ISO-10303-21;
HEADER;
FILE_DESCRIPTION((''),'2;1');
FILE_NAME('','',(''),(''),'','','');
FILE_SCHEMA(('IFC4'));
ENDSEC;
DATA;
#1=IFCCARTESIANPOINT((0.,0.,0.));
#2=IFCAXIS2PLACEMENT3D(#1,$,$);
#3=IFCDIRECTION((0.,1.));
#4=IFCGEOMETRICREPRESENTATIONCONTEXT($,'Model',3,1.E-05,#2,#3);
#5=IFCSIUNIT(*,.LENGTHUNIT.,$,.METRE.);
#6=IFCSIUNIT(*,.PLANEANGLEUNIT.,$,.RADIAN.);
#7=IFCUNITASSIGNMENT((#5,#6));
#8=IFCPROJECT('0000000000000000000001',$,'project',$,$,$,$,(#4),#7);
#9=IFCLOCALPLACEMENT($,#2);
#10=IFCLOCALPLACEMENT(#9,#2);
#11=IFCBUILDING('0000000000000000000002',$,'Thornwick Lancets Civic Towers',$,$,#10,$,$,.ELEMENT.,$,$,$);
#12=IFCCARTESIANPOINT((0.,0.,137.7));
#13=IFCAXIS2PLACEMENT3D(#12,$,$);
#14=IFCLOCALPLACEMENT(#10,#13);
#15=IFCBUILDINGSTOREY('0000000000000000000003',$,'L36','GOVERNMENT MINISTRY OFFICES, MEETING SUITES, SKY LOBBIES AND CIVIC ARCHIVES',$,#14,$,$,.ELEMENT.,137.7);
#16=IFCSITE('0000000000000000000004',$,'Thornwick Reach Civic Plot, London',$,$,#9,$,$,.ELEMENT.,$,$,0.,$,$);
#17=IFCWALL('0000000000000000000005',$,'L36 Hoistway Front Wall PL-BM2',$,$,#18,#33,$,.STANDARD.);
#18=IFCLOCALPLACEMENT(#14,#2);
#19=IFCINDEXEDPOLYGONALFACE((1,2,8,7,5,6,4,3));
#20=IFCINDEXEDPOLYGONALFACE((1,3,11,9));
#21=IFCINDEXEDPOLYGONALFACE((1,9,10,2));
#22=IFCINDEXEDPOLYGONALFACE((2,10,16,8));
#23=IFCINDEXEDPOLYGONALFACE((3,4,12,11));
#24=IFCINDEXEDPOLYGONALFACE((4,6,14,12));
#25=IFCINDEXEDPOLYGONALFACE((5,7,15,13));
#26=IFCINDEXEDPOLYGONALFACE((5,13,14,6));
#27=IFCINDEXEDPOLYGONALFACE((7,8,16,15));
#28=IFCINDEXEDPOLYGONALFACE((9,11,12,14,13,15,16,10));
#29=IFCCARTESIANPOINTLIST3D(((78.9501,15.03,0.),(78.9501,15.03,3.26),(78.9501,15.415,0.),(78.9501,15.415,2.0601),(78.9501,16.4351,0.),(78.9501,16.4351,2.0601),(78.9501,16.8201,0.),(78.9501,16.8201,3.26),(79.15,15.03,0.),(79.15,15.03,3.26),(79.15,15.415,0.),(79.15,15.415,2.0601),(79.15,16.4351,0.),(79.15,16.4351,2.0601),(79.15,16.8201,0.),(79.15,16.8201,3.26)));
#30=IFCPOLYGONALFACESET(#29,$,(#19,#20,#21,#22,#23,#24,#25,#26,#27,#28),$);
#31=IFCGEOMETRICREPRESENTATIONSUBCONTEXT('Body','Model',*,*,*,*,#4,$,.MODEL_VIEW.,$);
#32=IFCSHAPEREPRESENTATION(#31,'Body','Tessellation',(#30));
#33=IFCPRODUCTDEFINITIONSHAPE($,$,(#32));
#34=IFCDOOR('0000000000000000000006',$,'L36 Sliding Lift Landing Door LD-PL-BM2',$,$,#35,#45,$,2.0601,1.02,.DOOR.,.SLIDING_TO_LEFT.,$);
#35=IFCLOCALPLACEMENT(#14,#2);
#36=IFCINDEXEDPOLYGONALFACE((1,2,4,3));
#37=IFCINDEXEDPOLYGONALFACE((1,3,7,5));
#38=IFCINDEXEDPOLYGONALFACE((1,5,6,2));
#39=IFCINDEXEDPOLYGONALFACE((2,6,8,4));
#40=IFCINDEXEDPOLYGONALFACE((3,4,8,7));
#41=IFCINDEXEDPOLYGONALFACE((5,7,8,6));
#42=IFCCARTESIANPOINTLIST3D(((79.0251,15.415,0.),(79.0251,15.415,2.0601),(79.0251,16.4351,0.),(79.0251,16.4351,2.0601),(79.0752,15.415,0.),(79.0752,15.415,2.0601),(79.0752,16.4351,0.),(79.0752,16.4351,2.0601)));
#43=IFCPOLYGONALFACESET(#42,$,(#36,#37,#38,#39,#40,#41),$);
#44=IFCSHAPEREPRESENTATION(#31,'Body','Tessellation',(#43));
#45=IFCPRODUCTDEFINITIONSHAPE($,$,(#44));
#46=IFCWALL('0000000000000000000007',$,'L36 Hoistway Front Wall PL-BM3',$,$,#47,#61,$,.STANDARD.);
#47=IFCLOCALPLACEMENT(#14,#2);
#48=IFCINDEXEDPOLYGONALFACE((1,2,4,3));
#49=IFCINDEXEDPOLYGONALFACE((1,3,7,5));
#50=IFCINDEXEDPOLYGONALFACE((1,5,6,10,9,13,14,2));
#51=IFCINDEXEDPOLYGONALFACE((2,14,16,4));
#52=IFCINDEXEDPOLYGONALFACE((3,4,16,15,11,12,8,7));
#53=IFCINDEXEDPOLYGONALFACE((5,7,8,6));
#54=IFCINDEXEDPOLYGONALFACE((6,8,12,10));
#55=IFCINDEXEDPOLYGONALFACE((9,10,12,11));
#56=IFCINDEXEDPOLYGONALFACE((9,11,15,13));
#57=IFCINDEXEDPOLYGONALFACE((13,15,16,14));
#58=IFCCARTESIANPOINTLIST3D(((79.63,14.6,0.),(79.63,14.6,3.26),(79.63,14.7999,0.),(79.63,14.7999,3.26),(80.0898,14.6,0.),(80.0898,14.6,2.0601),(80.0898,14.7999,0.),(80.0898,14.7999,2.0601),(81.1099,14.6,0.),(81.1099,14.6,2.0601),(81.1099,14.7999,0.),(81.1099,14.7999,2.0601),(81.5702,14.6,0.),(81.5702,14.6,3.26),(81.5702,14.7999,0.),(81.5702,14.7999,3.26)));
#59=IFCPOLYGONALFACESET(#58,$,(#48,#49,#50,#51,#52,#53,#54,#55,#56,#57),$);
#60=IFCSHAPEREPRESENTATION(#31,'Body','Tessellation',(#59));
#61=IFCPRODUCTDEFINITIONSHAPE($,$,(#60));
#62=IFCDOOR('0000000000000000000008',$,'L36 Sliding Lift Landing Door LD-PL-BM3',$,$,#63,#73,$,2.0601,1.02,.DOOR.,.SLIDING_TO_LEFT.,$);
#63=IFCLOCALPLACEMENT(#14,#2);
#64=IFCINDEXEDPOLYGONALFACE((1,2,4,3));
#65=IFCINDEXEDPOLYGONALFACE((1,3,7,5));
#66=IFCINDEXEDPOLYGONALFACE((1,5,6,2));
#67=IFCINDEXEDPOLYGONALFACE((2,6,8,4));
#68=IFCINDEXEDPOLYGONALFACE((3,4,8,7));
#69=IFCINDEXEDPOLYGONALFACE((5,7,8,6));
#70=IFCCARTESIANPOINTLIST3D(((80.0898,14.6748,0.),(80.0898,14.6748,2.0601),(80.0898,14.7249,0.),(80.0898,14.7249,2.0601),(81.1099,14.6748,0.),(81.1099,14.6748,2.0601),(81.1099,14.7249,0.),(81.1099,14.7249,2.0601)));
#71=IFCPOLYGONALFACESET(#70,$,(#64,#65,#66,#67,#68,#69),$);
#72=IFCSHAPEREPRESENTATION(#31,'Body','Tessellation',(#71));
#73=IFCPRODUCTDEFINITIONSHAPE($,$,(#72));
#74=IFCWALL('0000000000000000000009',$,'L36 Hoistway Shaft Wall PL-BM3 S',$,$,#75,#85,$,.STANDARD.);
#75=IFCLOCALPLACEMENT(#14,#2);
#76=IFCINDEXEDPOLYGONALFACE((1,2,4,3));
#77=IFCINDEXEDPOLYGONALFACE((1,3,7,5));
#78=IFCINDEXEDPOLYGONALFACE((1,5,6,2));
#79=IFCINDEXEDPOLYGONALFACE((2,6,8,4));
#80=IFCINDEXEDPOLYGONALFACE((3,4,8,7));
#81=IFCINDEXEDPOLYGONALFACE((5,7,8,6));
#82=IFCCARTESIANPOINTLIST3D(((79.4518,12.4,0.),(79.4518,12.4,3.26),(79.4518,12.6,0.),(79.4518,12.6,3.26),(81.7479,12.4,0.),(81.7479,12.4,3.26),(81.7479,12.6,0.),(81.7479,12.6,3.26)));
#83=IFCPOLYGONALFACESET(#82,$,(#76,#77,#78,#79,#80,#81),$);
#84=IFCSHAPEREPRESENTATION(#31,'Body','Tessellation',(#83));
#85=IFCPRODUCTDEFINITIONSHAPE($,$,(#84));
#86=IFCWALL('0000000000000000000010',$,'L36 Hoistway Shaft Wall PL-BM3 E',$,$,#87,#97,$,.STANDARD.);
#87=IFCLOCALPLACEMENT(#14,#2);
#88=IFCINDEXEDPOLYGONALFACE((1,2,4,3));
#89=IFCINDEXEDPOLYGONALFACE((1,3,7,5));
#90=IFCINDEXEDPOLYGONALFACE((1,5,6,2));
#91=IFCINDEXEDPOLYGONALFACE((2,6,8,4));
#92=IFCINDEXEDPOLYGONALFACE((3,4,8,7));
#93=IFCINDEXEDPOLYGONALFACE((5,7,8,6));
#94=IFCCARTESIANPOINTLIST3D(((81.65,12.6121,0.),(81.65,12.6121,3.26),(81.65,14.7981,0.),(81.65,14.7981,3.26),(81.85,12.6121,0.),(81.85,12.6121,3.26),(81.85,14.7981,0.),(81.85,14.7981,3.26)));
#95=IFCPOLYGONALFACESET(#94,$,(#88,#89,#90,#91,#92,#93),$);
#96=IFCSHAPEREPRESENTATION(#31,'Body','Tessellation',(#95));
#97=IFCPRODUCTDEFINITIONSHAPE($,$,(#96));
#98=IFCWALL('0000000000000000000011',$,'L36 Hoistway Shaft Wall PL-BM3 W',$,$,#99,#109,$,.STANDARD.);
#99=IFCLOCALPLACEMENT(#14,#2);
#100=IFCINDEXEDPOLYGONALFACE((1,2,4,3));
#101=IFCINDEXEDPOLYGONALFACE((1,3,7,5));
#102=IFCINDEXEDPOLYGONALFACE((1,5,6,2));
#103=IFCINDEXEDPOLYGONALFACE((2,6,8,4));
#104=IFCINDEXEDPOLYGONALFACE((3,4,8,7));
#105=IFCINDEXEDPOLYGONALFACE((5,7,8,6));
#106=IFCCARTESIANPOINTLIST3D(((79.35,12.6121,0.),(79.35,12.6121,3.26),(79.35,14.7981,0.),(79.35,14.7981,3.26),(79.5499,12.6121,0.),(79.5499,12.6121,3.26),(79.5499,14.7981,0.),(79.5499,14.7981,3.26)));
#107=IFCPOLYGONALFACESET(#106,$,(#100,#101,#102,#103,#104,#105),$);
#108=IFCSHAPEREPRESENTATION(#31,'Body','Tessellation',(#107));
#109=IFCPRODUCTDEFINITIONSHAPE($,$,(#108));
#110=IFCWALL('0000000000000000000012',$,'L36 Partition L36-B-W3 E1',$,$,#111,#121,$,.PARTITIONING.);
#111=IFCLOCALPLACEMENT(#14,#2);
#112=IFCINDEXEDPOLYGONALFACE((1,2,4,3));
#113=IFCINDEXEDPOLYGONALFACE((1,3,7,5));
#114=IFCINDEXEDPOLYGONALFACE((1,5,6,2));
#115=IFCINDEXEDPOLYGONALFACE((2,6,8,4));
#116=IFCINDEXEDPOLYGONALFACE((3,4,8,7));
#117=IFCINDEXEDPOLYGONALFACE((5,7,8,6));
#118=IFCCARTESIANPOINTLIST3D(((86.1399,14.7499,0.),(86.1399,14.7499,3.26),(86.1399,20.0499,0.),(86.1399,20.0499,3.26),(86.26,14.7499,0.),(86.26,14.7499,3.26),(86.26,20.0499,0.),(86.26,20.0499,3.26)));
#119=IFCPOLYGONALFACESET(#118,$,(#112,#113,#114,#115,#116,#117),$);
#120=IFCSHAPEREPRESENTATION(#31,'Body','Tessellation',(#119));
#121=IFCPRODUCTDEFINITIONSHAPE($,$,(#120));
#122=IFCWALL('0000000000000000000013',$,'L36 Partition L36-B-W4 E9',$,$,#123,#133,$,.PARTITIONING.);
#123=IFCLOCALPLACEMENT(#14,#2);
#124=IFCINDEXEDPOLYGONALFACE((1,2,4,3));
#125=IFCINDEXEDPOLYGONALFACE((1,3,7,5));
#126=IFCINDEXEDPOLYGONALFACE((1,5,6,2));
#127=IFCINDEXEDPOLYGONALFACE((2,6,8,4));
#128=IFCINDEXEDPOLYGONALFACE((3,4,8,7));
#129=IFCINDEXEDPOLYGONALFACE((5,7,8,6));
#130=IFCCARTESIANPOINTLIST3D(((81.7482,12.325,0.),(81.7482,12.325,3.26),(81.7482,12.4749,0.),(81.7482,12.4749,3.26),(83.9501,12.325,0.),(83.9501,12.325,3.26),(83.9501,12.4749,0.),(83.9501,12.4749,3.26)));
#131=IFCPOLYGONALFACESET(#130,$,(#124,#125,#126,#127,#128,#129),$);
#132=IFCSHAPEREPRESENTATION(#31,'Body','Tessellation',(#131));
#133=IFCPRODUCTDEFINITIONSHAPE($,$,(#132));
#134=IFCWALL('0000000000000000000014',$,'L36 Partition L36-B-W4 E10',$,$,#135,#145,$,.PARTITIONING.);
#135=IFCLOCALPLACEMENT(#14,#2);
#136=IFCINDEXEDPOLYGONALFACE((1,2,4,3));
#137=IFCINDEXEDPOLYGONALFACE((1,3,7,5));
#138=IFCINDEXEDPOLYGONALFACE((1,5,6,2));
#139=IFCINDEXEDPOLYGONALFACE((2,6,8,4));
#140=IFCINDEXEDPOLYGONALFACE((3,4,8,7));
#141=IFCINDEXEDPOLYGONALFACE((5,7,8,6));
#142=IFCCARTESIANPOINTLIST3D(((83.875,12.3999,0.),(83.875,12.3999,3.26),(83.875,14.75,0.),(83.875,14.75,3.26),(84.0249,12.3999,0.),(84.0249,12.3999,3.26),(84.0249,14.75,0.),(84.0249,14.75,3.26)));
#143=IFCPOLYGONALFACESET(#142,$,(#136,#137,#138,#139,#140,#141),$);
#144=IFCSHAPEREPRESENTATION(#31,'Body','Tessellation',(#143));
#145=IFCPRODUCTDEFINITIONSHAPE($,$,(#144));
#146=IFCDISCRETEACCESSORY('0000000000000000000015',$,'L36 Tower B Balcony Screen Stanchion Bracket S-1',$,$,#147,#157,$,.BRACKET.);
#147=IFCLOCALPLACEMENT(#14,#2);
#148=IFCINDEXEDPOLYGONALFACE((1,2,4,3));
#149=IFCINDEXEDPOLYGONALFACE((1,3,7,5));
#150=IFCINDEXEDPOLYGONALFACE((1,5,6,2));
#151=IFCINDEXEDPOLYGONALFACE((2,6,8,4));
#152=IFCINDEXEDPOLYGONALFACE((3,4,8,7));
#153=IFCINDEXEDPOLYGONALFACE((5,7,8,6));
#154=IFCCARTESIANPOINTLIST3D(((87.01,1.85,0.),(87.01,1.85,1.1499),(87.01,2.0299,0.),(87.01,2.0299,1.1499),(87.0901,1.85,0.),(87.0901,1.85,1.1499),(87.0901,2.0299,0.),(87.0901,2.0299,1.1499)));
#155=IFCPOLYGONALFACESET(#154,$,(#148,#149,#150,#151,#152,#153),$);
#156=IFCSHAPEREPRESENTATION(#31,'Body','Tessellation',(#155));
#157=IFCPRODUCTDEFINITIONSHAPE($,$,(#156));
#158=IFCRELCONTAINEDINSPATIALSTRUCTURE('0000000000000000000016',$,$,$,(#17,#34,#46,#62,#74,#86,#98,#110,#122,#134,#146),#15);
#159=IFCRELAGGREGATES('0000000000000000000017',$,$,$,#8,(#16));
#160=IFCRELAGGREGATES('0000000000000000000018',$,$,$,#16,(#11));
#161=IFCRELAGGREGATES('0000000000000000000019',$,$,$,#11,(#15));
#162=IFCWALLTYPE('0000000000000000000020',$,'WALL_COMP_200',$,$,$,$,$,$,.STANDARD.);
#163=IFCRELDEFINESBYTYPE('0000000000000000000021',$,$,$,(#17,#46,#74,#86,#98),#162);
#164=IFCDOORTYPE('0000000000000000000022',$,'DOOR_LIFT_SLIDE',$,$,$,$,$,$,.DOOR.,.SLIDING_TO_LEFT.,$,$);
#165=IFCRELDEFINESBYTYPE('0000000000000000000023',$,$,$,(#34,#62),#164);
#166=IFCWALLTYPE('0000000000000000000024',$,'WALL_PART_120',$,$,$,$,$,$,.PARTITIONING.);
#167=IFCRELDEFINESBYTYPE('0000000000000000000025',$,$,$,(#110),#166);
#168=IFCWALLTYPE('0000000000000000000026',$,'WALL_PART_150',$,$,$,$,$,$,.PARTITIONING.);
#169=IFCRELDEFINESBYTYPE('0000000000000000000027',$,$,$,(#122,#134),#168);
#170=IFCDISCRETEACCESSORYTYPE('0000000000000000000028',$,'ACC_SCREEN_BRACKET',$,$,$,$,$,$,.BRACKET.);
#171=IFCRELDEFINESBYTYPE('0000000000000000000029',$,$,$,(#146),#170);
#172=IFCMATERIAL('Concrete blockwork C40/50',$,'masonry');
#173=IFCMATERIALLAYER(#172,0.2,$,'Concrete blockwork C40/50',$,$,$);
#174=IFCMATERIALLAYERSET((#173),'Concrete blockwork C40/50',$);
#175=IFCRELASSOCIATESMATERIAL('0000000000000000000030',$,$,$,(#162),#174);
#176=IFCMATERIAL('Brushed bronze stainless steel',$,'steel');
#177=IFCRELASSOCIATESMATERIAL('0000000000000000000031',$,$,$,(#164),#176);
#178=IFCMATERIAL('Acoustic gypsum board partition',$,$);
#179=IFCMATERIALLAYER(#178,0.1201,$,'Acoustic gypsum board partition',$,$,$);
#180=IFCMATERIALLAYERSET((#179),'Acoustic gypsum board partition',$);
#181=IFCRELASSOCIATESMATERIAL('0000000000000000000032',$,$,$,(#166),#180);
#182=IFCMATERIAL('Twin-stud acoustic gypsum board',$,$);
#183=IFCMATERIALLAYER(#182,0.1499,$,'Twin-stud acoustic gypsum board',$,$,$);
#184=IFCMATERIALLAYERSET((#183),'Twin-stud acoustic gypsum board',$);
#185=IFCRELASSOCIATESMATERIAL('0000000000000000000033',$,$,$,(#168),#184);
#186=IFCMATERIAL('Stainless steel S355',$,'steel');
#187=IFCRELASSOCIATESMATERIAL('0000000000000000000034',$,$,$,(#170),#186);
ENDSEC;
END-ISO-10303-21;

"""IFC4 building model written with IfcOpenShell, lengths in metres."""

from ifc_helpers import new_model, si_unit, direction, frame, frame_2d, origin, origin_2d, place, context, subcontext, project, spatial, rectangle, extrude, material, layer, layer_set, type_object, element, fill, save


model = new_model("IFC4")

# Units and contexts
model_context = context("Model", 3, precision=1e-05, world=origin(), true_north=direction((0.0, 1.0)))
body_context = subcontext(model_context, "Body", "Model", "MODEL_VIEW")
ifc_project = project(units=[si_unit("LENGTHUNIT", "METRE"), si_unit("PLANEANGLEUNIT", "RADIAN")], contexts=[model_context])

# Site, building, storey
site_placement = place(None, origin())
site = spatial("IfcSite", under=ifc_project, at=site_placement, Name="Thornwick Reach Civic Plot, London", CompositionType="ELEMENT", RefElevation=0.0)
building_placement = place(site_placement, origin())
building = spatial("IfcBuilding", under=site, at=building_placement, Name="Thornwick Lancets Civic Towers", CompositionType="ELEMENT")
storey_placement = place(building_placement, frame((0.0, 0.0, 137.7)))
storey = spatial("IfcBuildingStorey", under=building, at=storey_placement, Name="L36", Description="GOVERNMENT MINISTRY OFFICES, MEETING SUITES, SKY LOBBIES AND CIVIC ARCHIVES", CompositionType="ELEMENT", Elevation=137.7)

# Walls, openings, doors
ifc_material_1 = material(Name="Concrete blockwork C40/50", Category="masonry")
ifc_layer_1 = layer(ifc_material_1, 0.2, Name="Concrete blockwork C40/50")
ifc_layer_set_1 = layer_set([ifc_layer_1], Name="Concrete blockwork C40/50")
wall_type_1 = type_object("IfcWallType", Name="WALL_COMP_200", PredefinedType="STANDARD", material=ifc_layer_set_1)
wall_1_placement = place(storey_placement, frame((79.05, 15.03, 0.0), z_axis=(0.0, 0.0, 1.0), x_axis=(0.0, 1.0, 0.0)))
wall_1 = element("IfcWall", 1, at=wall_1_placement, inside=storey, type_object=wall_type_1, Name="L36 Hoistway Front Wall PL-BM2", PredefinedType="STANDARD", context=body_context, shape_type="SweptSolid", body=[
    extrude(rectangle(XDim=1.79, YDim=0.2, at=frame_2d((0.895, 0.0))), origin(), (0.0, 0.0, 1.0), 3.26),
])
opening_1_placement = place(wall_1_placement, frame((0.385, 0.0, 0.0)))
opening_1 = element("IfcOpeningElement", 2, at=opening_1_placement, cuts=wall_1, PredefinedType="OPENING", context=body_context, shape_type="SweptSolid", body=[
    extrude(rectangle(XDim=1.02, YDim=2.0601, at=frame_2d((0.51, 1.03))), frame((0.0, 0.1099, 0.0), z_axis=(0.0, -1.0, 0.0), x_axis=(1.0, 0.0, 0.0)), (0.0, 0.0, 1.0), 0.22),
])
ifc_material_2 = material(Name="Brushed bronze stainless steel", Category="steel")
door_type_1 = type_object("IfcDoorType", Name="DOOR_LIFT_SLIDE", OperationType="SLIDING_TO_LEFT", PredefinedType="DOOR", material=ifc_material_2)
door_1_placement = place(opening_1_placement, origin())
door_1 = element("IfcDoor", 3, at=door_1_placement, inside=storey, type_object=door_type_1, Name="L36 Sliding Lift Landing Door LD-PL-BM2", OperationType="SLIDING_TO_LEFT", OverallHeight=2.0601, OverallWidth=1.02, PredefinedType="DOOR", context=body_context, shape_type="SweptSolid", body=[
    extrude(rectangle(XDim=1.02, YDim=2.0601, at=frame_2d((0.51, 1.03))), frame((0.0, 0.0249, 0.0), z_axis=(0.0, -1.0, 0.0), x_axis=(1.0, 0.0, 0.0)), (0.0, 0.0, 1.0), 0.05),
])
fill(opening_1, door_1)
wall_2_placement = place(storey_placement, frame((79.6299, 14.7, 0.0), z_axis=(0.0, 0.0, 1.0), x_axis=(1.0, 0.0, 0.0)))
wall_2 = element("IfcWall", 4, at=wall_2_placement, inside=storey, type_object=wall_type_1, Name="L36 Hoistway Front Wall PL-BM3", PredefinedType="STANDARD", context=body_context, shape_type="SweptSolid", body=[
    extrude(rectangle(XDim=1.9402, YDim=0.2, at=frame_2d((0.9702, 0.0))), origin(), (0.0, 0.0, 1.0), 3.26),
])
opening_2_placement = place(wall_2_placement, frame((0.46, 0.0, 0.0)))
opening_2 = element("IfcOpeningElement", 5, at=opening_2_placement, cuts=wall_2, PredefinedType="OPENING", context=body_context, shape_type="SweptSolid", body=[
    extrude(rectangle(XDim=1.02, YDim=2.0601, at=frame_2d((0.51, 1.03))), frame((0.0, 0.1099, 0.0), z_axis=(0.0, -1.0, 0.0), x_axis=(1.0, 0.0, 0.0)), (0.0, 0.0, 1.0), 0.22),
])
door_2_placement = place(opening_2_placement, origin())
door_2 = element("IfcDoor", 6, at=door_2_placement, inside=storey, type_object=door_type_1, Name="L36 Sliding Lift Landing Door LD-PL-BM3", OperationType="SLIDING_TO_LEFT", OverallHeight=2.0601, OverallWidth=1.02, PredefinedType="DOOR", context=body_context, shape_type="SweptSolid", body=[
    extrude(rectangle(XDim=1.02, YDim=2.0601, at=frame_2d((0.51, 1.03))), frame((0.0, 0.0249, 0.0), z_axis=(0.0, -1.0, 0.0), x_axis=(1.0, 0.0, 0.0)), (0.0, 0.0, 1.0), 0.05),
])
fill(opening_2, door_2)

# Walls
wall_3_placement = place(storey_placement, frame((79.4519, 12.5, 0.0), z_axis=(0.0, 0.0, 1.0), x_axis=(1.0, 0.0, 0.0)))
element("IfcWall", 7, at=wall_3_placement, inside=storey, type_object=wall_type_1, Name="L36 Hoistway Shaft Wall PL-BM3 S", PredefinedType="STANDARD", context=body_context, shape_type="SweptSolid", body=[
    extrude(rectangle(XDim=2.2961, YDim=0.2, at=frame_2d((1.1479, 0.0))), origin(), (0.0, 0.0, 1.0), 3.26),
])
for number, where, z_axis, x_axis, name in (
    (8, (81.75, 12.6121, 0.0), (0.0, 0.0, 1.0), (0.0, 1.0, 0.0), "L36 Hoistway Shaft Wall PL-BM3 E"),
    (9, (79.45, 12.6121, 0.0), (0.0, 0.0, 1.0), (0.0, 1.0, 0.0), "L36 Hoistway Shaft Wall PL-BM3 W"),
):
    element("IfcWall", number, at=place(storey_placement, frame(where, z_axis=z_axis, x_axis=x_axis)), inside=storey, type_object=wall_type_1, Name=name, PredefinedType="STANDARD", context=body_context, shape_type="SweptSolid", body=[
        extrude(rectangle(XDim=2.186, YDim=0.2, at=frame_2d((1.093, 0.0))), origin(), (0.0, 0.0, 1.0), 3.26),
    ])
ifc_material_3 = material(Name="Acoustic gypsum board partition")
ifc_layer_2 = layer(ifc_material_3, 0.1201, Name="Acoustic gypsum board partition")
ifc_layer_set_2 = layer_set([ifc_layer_2], Name="Acoustic gypsum board partition")
wall_type_2 = type_object("IfcWallType", Name="WALL_PART_120", PredefinedType="PARTITIONING", material=ifc_layer_set_2)
wall_4_placement = place(storey_placement, frame((86.2, 14.75, 0.0), z_axis=(0.0, 0.0, 1.0), x_axis=(0.0, 1.0, 0.0)))
element("IfcWall", 10, at=wall_4_placement, inside=storey, type_object=wall_type_2, Name="L36 Partition L36-B-W3 E1", PredefinedType="PARTITIONING", context=body_context, shape_type="SweptSolid", body=[
    extrude(rectangle(XDim=5.3, YDim=0.1201, at=frame_2d((2.6499, 0.0))), origin(), (0.0, 0.0, 1.0), 3.26),
])

# Shared definitions
ifc_material_4 = material(Name="Twin-stud acoustic gypsum board")
ifc_layer_3 = layer(ifc_material_4, 0.1499, Name="Twin-stud acoustic gypsum board")
ifc_layer_set_3 = layer_set([ifc_layer_3], Name="Twin-stud acoustic gypsum board")
wall_type_3 = type_object("IfcWallType", Name="WALL_PART_150", PredefinedType="PARTITIONING", material=ifc_layer_set_3)

# Walls
wall_5_placement = place(storey_placement, frame((81.748, 12.3999, 0.0), z_axis=(0.0, 0.0, 1.0), x_axis=(1.0, 0.0, 0.0)))
element("IfcWall", 11, at=wall_5_placement, inside=storey, type_object=wall_type_3, Name="L36 Partition L36-B-W4 E9", PredefinedType="PARTITIONING", context=body_context, shape_type="SweptSolid", body=[
    extrude(rectangle(XDim=2.2019, YDim=0.1499, at=frame_2d((1.1011, 0.0))), origin(), (0.0, 0.0, 1.0), 3.26),
])
wall_6_placement = place(storey_placement, frame((83.95, 12.3999, 0.0), z_axis=(0.0, 0.0, 1.0), x_axis=(0.0, 1.0, 0.0)))
element("IfcWall", 12, at=wall_6_placement, inside=storey, type_object=wall_type_3, Name="L36 Partition L36-B-W4 E10", PredefinedType="PARTITIONING", context=body_context, shape_type="SweptSolid", body=[
    extrude(rectangle(XDim=2.3501, YDim=0.1499, at=frame_2d((1.175, 0.0))), origin(), (0.0, 0.0, 1.0), 3.26),
])

# Discrete accessory
ifc_material_5 = material(Name="Stainless steel S355", Category="steel")
discrete_accessory_type = type_object("IfcDiscreteAccessoryType", Name="ACC_SCREEN_BRACKET", PredefinedType="BRACKET", material=ifc_material_5)
discrete_accessory_placement = place(storey_placement, frame((87.05, 1.9399, 0.0), z_axis=(0.0, 0.0, 1.0), x_axis=(1.0, 0.0, 0.0)))
element("IfcDiscreteAccessory", 13, at=discrete_accessory_placement, inside=storey, type_object=discrete_accessory_type, Name="L36 Tower B Balcony Screen Stanchion Bracket S-1", PredefinedType="BRACKET", context=body_context, shape_type="SweptSolid", body=[
    extrude(rectangle(XDim=0.0801, YDim=0.1799, at=origin_2d()), origin(), (0.0, 0.0, 1.0), 1.1499),
])

save(model, "model.ifc")
